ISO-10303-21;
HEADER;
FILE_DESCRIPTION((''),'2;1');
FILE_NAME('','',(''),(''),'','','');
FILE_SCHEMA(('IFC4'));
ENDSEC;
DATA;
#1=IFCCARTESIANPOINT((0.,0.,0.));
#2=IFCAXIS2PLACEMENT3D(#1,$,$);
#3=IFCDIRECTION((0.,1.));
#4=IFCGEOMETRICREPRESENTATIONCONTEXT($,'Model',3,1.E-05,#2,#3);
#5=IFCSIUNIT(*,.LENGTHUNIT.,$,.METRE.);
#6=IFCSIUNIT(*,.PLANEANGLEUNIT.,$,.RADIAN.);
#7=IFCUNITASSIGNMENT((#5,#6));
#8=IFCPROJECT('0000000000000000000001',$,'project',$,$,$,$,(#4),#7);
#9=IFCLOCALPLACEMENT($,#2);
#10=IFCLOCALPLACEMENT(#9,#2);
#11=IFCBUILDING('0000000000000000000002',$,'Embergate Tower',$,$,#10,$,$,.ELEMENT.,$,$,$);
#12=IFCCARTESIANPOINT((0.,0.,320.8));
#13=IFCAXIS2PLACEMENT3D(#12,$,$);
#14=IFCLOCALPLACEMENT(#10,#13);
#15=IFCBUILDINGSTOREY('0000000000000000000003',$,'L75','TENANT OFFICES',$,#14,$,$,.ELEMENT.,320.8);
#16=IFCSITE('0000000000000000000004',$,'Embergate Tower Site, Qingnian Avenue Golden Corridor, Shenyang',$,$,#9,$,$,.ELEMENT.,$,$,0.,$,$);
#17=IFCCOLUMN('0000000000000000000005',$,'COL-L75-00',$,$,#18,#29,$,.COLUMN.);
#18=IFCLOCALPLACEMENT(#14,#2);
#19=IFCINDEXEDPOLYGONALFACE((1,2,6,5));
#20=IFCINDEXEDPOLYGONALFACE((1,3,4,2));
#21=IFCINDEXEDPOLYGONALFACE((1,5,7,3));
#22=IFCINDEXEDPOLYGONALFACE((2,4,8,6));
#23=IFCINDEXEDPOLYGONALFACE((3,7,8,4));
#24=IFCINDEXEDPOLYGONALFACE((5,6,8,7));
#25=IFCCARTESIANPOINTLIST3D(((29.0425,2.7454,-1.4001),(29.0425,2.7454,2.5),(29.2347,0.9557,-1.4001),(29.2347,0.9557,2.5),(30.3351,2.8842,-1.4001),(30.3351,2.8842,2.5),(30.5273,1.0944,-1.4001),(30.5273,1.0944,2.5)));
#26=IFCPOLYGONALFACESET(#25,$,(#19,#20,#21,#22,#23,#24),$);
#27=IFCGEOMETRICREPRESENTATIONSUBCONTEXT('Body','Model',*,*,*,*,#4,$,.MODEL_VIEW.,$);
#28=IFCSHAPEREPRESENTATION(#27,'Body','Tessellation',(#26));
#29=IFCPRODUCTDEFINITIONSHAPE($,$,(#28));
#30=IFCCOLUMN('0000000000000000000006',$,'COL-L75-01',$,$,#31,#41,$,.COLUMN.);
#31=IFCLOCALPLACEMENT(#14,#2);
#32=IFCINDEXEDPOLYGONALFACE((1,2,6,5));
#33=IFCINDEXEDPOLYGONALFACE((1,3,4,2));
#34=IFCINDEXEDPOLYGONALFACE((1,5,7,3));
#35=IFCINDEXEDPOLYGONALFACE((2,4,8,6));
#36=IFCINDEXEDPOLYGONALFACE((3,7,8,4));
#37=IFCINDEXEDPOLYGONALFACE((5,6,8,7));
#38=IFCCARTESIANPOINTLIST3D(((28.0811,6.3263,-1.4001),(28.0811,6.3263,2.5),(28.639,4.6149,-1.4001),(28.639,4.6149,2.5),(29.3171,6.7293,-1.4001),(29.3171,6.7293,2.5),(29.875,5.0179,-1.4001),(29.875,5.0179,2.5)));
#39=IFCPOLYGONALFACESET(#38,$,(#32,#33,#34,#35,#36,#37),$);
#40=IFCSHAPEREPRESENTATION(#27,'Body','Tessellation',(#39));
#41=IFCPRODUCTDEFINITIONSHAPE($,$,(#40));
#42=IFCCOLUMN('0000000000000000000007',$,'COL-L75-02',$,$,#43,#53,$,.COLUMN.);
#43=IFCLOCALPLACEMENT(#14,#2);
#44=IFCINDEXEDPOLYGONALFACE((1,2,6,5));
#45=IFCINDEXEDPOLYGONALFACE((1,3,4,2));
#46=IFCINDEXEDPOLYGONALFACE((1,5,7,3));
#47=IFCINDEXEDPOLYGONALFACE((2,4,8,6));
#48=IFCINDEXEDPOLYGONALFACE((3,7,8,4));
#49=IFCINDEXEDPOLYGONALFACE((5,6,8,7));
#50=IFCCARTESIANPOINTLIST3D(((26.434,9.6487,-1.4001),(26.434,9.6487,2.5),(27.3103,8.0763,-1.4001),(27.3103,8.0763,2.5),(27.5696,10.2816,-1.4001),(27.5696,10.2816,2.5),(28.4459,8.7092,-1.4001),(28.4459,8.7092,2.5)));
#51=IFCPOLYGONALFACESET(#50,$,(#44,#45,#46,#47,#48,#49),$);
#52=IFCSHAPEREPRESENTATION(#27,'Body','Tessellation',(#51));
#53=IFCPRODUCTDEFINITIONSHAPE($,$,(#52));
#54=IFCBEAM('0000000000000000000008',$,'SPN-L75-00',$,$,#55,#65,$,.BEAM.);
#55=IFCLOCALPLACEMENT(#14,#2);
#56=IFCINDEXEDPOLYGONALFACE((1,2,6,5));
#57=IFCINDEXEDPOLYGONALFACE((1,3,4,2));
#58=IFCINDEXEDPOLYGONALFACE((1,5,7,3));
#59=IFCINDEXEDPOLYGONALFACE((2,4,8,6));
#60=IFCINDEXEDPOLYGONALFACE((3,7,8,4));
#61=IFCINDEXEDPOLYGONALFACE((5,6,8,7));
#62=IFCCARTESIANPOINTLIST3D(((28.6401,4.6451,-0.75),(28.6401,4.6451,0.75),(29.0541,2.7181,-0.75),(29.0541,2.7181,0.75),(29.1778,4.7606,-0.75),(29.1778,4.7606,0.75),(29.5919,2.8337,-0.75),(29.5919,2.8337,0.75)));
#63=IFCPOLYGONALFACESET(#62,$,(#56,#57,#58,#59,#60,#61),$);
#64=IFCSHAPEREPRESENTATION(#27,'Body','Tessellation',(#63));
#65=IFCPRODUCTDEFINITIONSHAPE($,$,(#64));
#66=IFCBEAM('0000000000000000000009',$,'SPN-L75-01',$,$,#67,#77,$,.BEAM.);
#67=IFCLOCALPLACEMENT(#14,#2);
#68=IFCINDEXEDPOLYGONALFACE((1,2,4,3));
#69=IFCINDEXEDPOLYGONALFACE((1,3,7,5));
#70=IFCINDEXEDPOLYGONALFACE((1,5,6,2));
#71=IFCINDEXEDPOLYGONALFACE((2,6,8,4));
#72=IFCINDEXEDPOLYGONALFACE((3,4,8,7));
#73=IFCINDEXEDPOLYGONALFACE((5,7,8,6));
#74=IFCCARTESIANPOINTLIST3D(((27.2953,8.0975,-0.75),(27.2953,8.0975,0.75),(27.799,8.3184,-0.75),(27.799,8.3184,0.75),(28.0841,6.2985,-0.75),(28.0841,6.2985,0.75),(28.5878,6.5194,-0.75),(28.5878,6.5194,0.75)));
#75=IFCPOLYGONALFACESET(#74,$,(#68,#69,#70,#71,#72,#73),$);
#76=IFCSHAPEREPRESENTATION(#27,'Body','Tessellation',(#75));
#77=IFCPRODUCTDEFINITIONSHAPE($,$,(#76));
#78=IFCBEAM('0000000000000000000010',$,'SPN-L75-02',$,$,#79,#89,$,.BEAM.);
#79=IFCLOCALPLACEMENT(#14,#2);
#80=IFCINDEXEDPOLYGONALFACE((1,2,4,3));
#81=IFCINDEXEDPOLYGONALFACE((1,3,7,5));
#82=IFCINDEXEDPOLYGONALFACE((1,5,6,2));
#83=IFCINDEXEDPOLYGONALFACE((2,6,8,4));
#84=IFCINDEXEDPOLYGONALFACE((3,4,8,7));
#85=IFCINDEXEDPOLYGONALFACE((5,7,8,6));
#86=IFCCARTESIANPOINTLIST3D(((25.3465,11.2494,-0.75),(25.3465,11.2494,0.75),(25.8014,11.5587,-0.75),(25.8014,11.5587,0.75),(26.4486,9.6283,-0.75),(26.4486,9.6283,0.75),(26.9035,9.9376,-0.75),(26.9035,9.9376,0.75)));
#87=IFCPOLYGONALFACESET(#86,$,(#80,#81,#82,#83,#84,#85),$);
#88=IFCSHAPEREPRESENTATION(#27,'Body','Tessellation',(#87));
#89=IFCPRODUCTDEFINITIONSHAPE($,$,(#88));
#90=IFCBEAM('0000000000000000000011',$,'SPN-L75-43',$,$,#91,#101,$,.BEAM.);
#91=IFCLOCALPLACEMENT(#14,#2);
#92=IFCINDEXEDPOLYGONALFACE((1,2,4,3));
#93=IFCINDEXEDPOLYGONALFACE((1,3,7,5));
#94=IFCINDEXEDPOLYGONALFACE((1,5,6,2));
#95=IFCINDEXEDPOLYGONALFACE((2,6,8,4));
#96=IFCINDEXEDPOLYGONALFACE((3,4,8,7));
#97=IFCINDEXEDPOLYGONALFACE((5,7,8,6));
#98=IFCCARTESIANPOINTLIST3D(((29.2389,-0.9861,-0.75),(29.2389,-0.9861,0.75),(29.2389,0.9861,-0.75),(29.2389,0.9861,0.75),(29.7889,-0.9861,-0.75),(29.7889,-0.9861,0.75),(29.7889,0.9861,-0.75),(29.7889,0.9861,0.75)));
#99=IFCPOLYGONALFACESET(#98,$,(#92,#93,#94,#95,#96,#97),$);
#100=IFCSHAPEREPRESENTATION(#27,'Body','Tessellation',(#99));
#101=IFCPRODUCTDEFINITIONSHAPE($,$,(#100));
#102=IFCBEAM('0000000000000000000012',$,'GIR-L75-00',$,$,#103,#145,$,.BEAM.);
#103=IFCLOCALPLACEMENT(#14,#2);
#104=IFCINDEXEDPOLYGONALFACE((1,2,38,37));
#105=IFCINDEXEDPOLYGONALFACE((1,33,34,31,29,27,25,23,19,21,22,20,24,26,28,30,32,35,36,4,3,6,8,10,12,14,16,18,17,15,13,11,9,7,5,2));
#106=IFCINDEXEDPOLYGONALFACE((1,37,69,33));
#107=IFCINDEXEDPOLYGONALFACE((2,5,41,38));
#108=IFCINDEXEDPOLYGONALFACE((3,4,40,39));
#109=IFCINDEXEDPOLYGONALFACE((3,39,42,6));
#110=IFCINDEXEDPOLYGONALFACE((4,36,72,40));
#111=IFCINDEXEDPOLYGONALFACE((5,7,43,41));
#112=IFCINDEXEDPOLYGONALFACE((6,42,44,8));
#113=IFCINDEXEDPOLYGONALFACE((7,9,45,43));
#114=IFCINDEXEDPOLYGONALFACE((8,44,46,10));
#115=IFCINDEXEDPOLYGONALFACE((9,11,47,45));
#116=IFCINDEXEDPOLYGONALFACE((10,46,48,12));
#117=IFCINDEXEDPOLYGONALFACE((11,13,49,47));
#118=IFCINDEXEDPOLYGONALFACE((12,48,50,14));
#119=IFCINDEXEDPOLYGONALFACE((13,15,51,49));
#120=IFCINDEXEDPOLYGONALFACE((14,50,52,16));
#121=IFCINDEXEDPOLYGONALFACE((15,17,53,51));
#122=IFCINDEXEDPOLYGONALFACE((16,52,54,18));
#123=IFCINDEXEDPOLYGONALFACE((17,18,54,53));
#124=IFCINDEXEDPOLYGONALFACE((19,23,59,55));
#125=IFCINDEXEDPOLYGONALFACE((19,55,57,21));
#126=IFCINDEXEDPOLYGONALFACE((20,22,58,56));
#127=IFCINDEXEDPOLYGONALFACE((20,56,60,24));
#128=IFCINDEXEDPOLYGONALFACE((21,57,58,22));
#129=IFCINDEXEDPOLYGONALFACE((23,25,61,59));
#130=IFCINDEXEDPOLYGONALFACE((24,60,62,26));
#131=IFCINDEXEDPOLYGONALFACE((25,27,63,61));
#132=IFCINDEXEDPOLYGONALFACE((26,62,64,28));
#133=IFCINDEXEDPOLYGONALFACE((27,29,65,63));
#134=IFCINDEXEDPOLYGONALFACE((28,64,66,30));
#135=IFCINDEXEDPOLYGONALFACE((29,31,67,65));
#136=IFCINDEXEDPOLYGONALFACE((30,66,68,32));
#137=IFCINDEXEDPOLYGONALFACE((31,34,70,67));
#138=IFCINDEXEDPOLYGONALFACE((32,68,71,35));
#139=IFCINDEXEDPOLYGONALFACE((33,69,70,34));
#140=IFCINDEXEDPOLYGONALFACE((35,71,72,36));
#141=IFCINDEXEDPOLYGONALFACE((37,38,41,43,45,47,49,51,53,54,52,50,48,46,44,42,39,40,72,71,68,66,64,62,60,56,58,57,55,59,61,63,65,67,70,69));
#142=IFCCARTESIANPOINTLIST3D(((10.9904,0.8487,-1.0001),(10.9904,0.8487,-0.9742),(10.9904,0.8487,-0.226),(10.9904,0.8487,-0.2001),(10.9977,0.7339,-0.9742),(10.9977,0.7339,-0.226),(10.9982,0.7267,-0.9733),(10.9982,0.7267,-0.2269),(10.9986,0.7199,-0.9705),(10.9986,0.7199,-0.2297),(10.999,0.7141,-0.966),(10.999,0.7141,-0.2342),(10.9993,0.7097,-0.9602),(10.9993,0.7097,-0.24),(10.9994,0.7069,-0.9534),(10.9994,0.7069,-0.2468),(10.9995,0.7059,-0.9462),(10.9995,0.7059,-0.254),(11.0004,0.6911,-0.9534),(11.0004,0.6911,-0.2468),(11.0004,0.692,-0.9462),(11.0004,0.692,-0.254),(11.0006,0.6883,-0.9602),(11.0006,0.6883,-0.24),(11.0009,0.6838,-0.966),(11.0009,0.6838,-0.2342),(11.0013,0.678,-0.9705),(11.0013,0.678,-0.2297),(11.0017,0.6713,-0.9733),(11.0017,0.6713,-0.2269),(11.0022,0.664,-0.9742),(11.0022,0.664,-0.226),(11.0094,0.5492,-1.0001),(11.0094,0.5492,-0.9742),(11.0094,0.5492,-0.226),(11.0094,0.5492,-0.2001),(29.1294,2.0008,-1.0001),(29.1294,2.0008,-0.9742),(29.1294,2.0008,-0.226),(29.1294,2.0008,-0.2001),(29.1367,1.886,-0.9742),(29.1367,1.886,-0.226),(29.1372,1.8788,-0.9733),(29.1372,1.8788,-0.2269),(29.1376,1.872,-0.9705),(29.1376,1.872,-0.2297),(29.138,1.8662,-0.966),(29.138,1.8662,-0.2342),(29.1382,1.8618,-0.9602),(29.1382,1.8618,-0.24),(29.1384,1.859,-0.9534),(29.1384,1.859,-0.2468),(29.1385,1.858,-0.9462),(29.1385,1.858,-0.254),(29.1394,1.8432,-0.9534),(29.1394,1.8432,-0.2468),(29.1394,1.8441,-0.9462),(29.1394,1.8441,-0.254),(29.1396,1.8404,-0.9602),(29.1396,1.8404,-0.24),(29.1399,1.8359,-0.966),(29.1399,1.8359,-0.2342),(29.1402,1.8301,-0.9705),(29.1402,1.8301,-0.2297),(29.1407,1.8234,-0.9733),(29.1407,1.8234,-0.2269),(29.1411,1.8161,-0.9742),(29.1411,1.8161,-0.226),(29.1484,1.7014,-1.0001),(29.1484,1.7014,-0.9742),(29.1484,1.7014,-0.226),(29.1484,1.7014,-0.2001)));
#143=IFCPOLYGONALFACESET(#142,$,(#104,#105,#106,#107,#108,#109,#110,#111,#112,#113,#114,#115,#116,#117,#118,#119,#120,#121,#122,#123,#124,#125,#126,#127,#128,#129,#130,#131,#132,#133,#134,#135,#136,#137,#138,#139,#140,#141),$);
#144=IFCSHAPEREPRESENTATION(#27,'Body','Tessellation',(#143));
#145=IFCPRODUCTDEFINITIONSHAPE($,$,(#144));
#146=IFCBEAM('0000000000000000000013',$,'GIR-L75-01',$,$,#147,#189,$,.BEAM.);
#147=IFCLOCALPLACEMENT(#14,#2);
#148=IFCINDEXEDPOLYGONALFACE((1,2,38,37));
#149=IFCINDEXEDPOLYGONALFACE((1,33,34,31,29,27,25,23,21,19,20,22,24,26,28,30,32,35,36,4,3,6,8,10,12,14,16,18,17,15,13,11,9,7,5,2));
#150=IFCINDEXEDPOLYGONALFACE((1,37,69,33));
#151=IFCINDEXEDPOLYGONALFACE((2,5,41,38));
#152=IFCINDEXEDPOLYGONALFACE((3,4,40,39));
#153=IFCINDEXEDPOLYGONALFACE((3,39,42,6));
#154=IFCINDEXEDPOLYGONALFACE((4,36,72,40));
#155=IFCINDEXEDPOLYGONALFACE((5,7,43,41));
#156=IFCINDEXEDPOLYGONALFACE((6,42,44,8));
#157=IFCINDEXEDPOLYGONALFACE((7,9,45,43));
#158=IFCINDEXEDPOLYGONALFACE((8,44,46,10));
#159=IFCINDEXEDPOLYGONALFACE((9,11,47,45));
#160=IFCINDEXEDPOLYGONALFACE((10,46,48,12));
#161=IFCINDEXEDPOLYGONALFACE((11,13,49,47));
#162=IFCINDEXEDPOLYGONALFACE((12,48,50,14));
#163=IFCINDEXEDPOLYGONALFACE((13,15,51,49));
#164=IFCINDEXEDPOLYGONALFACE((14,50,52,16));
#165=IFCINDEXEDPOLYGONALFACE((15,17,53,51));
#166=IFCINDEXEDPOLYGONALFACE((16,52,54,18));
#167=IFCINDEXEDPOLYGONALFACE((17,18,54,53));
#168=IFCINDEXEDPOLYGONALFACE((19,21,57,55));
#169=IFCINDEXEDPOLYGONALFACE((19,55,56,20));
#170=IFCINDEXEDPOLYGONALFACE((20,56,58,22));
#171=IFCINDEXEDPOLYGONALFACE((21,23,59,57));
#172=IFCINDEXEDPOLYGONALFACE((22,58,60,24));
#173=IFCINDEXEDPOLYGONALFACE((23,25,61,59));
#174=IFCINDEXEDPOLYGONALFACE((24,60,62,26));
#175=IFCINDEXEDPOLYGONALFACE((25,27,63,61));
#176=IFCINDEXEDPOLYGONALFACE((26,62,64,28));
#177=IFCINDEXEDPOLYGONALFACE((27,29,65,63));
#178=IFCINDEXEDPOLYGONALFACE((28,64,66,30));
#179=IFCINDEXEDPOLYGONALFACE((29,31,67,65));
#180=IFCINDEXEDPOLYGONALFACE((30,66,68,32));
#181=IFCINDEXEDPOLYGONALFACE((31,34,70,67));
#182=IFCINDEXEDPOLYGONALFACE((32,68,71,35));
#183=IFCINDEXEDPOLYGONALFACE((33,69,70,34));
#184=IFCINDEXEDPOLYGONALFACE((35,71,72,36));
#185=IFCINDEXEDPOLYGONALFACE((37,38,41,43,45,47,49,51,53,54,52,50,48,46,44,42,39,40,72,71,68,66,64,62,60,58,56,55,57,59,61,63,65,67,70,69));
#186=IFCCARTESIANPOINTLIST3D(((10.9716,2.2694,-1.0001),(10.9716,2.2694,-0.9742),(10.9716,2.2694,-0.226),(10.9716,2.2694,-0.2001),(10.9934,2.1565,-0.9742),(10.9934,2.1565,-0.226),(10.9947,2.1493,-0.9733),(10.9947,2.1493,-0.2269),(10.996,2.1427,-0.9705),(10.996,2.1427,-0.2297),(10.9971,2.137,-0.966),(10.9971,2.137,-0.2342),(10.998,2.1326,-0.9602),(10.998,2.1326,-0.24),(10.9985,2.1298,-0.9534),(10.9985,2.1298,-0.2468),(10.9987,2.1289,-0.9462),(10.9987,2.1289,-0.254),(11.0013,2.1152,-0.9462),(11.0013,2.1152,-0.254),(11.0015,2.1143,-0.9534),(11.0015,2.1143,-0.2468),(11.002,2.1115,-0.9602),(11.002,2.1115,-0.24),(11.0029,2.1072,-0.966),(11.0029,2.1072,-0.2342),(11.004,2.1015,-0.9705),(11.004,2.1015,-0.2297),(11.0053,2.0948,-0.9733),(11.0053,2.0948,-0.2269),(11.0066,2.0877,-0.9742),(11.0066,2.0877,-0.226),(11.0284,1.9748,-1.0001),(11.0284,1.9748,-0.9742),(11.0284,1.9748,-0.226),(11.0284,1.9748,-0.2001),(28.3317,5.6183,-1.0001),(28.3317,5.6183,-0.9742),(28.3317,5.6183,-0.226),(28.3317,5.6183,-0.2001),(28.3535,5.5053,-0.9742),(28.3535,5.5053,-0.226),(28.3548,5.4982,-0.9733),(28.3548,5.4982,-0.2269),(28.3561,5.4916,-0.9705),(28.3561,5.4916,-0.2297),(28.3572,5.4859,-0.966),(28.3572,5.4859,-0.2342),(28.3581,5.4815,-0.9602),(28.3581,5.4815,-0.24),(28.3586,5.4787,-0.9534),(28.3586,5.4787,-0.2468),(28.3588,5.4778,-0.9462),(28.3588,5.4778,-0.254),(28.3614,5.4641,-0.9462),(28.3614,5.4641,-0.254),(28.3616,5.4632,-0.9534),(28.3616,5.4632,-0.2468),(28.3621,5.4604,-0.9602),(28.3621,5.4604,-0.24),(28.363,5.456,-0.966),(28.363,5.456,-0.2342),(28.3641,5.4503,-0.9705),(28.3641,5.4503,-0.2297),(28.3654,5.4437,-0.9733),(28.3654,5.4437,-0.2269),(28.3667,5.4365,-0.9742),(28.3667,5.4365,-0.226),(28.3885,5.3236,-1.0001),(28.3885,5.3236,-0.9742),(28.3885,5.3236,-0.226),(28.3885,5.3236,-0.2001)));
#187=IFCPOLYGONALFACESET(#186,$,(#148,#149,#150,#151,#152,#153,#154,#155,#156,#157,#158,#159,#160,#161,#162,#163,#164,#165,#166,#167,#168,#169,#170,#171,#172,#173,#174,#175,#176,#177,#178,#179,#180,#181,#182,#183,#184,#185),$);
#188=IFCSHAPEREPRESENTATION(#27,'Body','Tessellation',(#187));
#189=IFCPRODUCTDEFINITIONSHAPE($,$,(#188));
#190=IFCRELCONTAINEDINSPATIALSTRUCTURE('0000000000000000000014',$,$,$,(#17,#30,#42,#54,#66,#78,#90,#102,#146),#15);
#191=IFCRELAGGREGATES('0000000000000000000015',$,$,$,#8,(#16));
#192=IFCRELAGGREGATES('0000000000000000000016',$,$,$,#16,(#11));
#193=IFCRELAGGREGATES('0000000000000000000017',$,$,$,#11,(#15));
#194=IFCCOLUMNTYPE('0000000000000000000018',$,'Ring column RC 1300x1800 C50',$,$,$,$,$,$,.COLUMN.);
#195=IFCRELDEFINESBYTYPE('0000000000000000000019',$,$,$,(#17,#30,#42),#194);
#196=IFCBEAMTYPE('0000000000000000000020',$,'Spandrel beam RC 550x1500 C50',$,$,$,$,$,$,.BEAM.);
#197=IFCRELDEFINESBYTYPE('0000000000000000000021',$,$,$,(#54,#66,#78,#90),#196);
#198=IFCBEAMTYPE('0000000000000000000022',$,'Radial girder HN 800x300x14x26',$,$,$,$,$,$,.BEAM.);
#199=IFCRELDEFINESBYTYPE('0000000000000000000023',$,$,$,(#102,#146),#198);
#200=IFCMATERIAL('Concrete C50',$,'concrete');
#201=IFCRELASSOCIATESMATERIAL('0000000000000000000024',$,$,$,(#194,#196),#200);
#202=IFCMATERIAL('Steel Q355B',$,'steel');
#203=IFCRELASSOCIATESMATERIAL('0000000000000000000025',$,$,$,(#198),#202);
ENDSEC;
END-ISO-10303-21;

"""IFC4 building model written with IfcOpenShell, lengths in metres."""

from ifc_helpers import new_model, si_unit, direction, frame, origin, origin_2d, place, context, subcontext, project, spatial, rectangle, i_section, extrude, source, transform, mapped, material, material_profile, profile_set, type_object, element, save


model = new_model("IFC4")

# Units and contexts
model_context = context("Model", 3, precision=1e-05, world=origin(), true_north=direction((0.0, 1.0)))
body_context = subcontext(model_context, "Body", "Model", "MODEL_VIEW")
ifc_project = project(units=[si_unit("LENGTHUNIT", "METRE"), si_unit("PLANEANGLEUNIT", "RADIAN")], contexts=[model_context])

# Site, building, storey
site_placement = place(None, origin())
site = spatial("IfcSite", under=ifc_project, at=site_placement, Name="Embergate Tower Site, Qingnian Avenue Golden Corridor, Shenyang", CompositionType="ELEMENT", RefElevation=0.0)
building_placement = place(site_placement, origin())
building = spatial("IfcBuilding", under=site, at=building_placement, Name="Embergate Tower", CompositionType="ELEMENT")
storey_placement = place(building_placement, frame((0.0, 0.0, 320.8)))
storey = spatial("IfcBuildingStorey", under=building, at=storey_placement, Name="L75", Description="TENANT OFFICES", CompositionType="ELEMENT", Elevation=320.8)

# Columns
ifc_material_1 = material(Name="Concrete C50", Category="concrete")
ifc_material_profile_1 = material_profile(ifc_material_1, rectangle(XDim=1.3, YDim=1.8, at=origin_2d()), Name="RC 1300x1800")
ifc_profile_set_1 = profile_set([ifc_material_profile_1], Name="Concrete C50")
column_type = type_object("IfcColumnType", Name="Ring column RC 1300x1800 C50", PredefinedType="COLUMN", material=ifc_profile_set_1)
shared_shape_1 = source(origin(), body_context, "Body", "SweptSolid", [
    extrude(rectangle(XDim=1.3, YDim=1.8, at=origin_2d()), origin(), (0.0, 0.0, 1.0), 3.9001),
])
for number, where, z_axis, x_axis, name in (
    (1, (29.7849, 1.9199, -1.4001), (0.0, 0.0, 1.0), (0.994286, 0.10675, 0.0), "COL-L75-00"),
    (2, (28.978, 5.6721, -1.4001), (0.0, 0.0, 1.0), (0.950754, 0.309946, 0.0), "COL-L75-01"),
    (3, (27.4399, 9.179, -1.4001), (0.0, 0.0, 1.0), (0.8735, 0.486823, 0.0), "COL-L75-02"),
):
    element("IfcColumn", number, at=place(storey_placement, frame(where, z_axis=z_axis, x_axis=x_axis)), inside=storey, type_object=column_type, Name=name, PredefinedType="COLUMN", context=body_context, shape_type="MappedRepresentation", body=[
        mapped(shared_shape_1, transform((0.0, 0.0, 0.0))),
    ])

# Beams
ifc_material_profile_2 = material_profile(ifc_material_1, rectangle(XDim=0.55, YDim=1.5, at=origin_2d()), Name="RC 550x1500")
ifc_profile_set_2 = profile_set([ifc_material_profile_2], Name="Concrete C50")
beam_type_1 = type_object("IfcBeamType", Name="Spandrel beam RC 550x1500 C50", PredefinedType="BEAM", material=ifc_profile_set_2)
shared_shape_2 = source(origin(), body_context, "Body", "SweptSolid", [
    extrude(rectangle(XDim=0.55, YDim=1.5, at=origin_2d()), origin(), (0.0, 0.0, 1.0), 1.9709),
])
beam_1_placement = place(storey_placement, frame((29.323, 2.7759, 0.0), z_axis=(-0.210079, 0.977684, 0.0), x_axis=(-0.977684, -0.210079, 0.0)))
element("IfcBeam", 4, at=beam_1_placement, inside=storey, type_object=beam_type_1, Name="SPN-L75-00", PredefinedType="BEAM", context=body_context, shape_type="MappedRepresentation", body=[
    mapped(shared_shape_2, transform((0.0, 0.0, 0.0))),
])
shared_shape_3 = source(origin(), body_context, "Body", "SweptSolid", [
    extrude(rectangle(XDim=0.55, YDim=1.5, at=origin_2d()), origin(), (0.0, 0.0, 1.0), 1.9644),
])
beam_2_placement = place(storey_placement, frame((28.3359, 6.4089, 0.0), z_axis=(-0.401555, 0.915835, 0.0), x_axis=(-0.915835, -0.401555, 0.0)))
element("IfcBeam", 5, at=beam_2_placement, inside=storey, type_object=beam_type_1, Name="SPN-L75-01", PredefinedType="BEAM", context=body_context, shape_type="MappedRepresentation", body=[
    mapped(shared_shape_3, transform((0.0, 0.0, 0.0))),
])
shared_shape_4 = source(origin(), body_context, "Body", "SweptSolid", [
    extrude(rectangle(XDim=0.55, YDim=1.5, at=origin_2d()), origin(), (0.0, 0.0, 1.0), 1.9602),
])
beam_3_placement = place(storey_placement, frame((26.676, 9.783, 0.0), z_axis=(-0.562208, 0.826996, 0.0), x_axis=(-0.826996, -0.562208, 0.0)))
element("IfcBeam", 6, at=beam_3_placement, inside=storey, type_object=beam_type_1, Name="SPN-L75-02", PredefinedType="BEAM", context=body_context, shape_type="MappedRepresentation", body=[
    mapped(shared_shape_4, transform((0.0, 0.0, 0.0))),
])
shared_shape_5 = source(origin(), body_context, "Body", "SweptSolid", [
    extrude(rectangle(XDim=0.55, YDim=1.5, at=origin_2d()), origin(), (0.0, 0.0, 1.0), 1.9722),
])
beam_4_placement = place(storey_placement, frame((29.5139, -0.9861, 0.0), z_axis=(0.0, 1.0, 0.0), x_axis=(-1.0, 0.0, 0.0)))
element("IfcBeam", 7, at=beam_4_placement, inside=storey, type_object=beam_type_1, Name="SPN-L75-43", PredefinedType="BEAM", context=body_context, shape_type="MappedRepresentation", body=[
    mapped(shared_shape_5, transform((0.0, 0.0, 0.0))),
])
ifc_material_2 = material(Name="Steel Q355B", Category="steel")
ifc_material_profile_3 = material_profile(ifc_material_2, i_section(OverallWidth=0.3, OverallDepth=0.8, WebThickness=0.0139, FlangeThickness=0.0259, FilletRadius=0.0281, at=origin_2d()), Name="HN 800x300x14x26")
ifc_profile_set_3 = profile_set([ifc_material_profile_3], Name="Steel Q355 grade B")
beam_type_2 = type_object("IfcBeamType", Name="Radial girder HN 800x300x14x26", PredefinedType="BEAM", material=ifc_profile_set_3)
shared_shape_6 = source(origin(), body_context, "Body", "SweptSolid", [
    extrude(i_section(OverallWidth=0.3, OverallDepth=0.8, WebThickness=0.0139, FlangeThickness=0.0259, FilletRadius=0.0281, at=origin_2d()), origin(), (0.0, 0.0, 1.0), 18.1755),
])
beam_5_placement = place(storey_placement, frame((29.1389, 1.8511, -0.6001), z_axis=(-0.997989, -0.063388, 0.0), x_axis=(0.063388, -0.997989, 0.0)))
element("IfcBeam", 8, at=beam_5_placement, inside=storey, type_object=beam_type_2, Name="GIR-L75-00", PredefinedType="BEAM", context=body_context, shape_type="MappedRepresentation", body=[
    mapped(shared_shape_6, transform((0.0, 0.0, 0.0))),
])
shared_shape_7 = source(origin(), body_context, "Body", "SweptSolid", [
    extrude(i_section(OverallWidth=0.3, OverallDepth=0.8, WebThickness=0.0139, FlangeThickness=0.0259, FilletRadius=0.0281, at=origin_2d()), origin(), (0.0, 0.0, 1.0), 17.6802),
])
beam_6_placement = place(storey_placement, frame((28.3601, 5.4709, -0.6001), z_axis=(-0.981897, -0.189414, 0.0), x_axis=(0.189414, -0.981897, 0.0)))
element("IfcBeam", 9, at=beam_6_placement, inside=storey, type_object=beam_type_2, Name="GIR-L75-01", PredefinedType="BEAM", context=body_context, shape_type="MappedRepresentation", body=[
    mapped(shared_shape_7, transform((0.0, 0.0, 0.0))),
])

save(model, "model.ifc")
